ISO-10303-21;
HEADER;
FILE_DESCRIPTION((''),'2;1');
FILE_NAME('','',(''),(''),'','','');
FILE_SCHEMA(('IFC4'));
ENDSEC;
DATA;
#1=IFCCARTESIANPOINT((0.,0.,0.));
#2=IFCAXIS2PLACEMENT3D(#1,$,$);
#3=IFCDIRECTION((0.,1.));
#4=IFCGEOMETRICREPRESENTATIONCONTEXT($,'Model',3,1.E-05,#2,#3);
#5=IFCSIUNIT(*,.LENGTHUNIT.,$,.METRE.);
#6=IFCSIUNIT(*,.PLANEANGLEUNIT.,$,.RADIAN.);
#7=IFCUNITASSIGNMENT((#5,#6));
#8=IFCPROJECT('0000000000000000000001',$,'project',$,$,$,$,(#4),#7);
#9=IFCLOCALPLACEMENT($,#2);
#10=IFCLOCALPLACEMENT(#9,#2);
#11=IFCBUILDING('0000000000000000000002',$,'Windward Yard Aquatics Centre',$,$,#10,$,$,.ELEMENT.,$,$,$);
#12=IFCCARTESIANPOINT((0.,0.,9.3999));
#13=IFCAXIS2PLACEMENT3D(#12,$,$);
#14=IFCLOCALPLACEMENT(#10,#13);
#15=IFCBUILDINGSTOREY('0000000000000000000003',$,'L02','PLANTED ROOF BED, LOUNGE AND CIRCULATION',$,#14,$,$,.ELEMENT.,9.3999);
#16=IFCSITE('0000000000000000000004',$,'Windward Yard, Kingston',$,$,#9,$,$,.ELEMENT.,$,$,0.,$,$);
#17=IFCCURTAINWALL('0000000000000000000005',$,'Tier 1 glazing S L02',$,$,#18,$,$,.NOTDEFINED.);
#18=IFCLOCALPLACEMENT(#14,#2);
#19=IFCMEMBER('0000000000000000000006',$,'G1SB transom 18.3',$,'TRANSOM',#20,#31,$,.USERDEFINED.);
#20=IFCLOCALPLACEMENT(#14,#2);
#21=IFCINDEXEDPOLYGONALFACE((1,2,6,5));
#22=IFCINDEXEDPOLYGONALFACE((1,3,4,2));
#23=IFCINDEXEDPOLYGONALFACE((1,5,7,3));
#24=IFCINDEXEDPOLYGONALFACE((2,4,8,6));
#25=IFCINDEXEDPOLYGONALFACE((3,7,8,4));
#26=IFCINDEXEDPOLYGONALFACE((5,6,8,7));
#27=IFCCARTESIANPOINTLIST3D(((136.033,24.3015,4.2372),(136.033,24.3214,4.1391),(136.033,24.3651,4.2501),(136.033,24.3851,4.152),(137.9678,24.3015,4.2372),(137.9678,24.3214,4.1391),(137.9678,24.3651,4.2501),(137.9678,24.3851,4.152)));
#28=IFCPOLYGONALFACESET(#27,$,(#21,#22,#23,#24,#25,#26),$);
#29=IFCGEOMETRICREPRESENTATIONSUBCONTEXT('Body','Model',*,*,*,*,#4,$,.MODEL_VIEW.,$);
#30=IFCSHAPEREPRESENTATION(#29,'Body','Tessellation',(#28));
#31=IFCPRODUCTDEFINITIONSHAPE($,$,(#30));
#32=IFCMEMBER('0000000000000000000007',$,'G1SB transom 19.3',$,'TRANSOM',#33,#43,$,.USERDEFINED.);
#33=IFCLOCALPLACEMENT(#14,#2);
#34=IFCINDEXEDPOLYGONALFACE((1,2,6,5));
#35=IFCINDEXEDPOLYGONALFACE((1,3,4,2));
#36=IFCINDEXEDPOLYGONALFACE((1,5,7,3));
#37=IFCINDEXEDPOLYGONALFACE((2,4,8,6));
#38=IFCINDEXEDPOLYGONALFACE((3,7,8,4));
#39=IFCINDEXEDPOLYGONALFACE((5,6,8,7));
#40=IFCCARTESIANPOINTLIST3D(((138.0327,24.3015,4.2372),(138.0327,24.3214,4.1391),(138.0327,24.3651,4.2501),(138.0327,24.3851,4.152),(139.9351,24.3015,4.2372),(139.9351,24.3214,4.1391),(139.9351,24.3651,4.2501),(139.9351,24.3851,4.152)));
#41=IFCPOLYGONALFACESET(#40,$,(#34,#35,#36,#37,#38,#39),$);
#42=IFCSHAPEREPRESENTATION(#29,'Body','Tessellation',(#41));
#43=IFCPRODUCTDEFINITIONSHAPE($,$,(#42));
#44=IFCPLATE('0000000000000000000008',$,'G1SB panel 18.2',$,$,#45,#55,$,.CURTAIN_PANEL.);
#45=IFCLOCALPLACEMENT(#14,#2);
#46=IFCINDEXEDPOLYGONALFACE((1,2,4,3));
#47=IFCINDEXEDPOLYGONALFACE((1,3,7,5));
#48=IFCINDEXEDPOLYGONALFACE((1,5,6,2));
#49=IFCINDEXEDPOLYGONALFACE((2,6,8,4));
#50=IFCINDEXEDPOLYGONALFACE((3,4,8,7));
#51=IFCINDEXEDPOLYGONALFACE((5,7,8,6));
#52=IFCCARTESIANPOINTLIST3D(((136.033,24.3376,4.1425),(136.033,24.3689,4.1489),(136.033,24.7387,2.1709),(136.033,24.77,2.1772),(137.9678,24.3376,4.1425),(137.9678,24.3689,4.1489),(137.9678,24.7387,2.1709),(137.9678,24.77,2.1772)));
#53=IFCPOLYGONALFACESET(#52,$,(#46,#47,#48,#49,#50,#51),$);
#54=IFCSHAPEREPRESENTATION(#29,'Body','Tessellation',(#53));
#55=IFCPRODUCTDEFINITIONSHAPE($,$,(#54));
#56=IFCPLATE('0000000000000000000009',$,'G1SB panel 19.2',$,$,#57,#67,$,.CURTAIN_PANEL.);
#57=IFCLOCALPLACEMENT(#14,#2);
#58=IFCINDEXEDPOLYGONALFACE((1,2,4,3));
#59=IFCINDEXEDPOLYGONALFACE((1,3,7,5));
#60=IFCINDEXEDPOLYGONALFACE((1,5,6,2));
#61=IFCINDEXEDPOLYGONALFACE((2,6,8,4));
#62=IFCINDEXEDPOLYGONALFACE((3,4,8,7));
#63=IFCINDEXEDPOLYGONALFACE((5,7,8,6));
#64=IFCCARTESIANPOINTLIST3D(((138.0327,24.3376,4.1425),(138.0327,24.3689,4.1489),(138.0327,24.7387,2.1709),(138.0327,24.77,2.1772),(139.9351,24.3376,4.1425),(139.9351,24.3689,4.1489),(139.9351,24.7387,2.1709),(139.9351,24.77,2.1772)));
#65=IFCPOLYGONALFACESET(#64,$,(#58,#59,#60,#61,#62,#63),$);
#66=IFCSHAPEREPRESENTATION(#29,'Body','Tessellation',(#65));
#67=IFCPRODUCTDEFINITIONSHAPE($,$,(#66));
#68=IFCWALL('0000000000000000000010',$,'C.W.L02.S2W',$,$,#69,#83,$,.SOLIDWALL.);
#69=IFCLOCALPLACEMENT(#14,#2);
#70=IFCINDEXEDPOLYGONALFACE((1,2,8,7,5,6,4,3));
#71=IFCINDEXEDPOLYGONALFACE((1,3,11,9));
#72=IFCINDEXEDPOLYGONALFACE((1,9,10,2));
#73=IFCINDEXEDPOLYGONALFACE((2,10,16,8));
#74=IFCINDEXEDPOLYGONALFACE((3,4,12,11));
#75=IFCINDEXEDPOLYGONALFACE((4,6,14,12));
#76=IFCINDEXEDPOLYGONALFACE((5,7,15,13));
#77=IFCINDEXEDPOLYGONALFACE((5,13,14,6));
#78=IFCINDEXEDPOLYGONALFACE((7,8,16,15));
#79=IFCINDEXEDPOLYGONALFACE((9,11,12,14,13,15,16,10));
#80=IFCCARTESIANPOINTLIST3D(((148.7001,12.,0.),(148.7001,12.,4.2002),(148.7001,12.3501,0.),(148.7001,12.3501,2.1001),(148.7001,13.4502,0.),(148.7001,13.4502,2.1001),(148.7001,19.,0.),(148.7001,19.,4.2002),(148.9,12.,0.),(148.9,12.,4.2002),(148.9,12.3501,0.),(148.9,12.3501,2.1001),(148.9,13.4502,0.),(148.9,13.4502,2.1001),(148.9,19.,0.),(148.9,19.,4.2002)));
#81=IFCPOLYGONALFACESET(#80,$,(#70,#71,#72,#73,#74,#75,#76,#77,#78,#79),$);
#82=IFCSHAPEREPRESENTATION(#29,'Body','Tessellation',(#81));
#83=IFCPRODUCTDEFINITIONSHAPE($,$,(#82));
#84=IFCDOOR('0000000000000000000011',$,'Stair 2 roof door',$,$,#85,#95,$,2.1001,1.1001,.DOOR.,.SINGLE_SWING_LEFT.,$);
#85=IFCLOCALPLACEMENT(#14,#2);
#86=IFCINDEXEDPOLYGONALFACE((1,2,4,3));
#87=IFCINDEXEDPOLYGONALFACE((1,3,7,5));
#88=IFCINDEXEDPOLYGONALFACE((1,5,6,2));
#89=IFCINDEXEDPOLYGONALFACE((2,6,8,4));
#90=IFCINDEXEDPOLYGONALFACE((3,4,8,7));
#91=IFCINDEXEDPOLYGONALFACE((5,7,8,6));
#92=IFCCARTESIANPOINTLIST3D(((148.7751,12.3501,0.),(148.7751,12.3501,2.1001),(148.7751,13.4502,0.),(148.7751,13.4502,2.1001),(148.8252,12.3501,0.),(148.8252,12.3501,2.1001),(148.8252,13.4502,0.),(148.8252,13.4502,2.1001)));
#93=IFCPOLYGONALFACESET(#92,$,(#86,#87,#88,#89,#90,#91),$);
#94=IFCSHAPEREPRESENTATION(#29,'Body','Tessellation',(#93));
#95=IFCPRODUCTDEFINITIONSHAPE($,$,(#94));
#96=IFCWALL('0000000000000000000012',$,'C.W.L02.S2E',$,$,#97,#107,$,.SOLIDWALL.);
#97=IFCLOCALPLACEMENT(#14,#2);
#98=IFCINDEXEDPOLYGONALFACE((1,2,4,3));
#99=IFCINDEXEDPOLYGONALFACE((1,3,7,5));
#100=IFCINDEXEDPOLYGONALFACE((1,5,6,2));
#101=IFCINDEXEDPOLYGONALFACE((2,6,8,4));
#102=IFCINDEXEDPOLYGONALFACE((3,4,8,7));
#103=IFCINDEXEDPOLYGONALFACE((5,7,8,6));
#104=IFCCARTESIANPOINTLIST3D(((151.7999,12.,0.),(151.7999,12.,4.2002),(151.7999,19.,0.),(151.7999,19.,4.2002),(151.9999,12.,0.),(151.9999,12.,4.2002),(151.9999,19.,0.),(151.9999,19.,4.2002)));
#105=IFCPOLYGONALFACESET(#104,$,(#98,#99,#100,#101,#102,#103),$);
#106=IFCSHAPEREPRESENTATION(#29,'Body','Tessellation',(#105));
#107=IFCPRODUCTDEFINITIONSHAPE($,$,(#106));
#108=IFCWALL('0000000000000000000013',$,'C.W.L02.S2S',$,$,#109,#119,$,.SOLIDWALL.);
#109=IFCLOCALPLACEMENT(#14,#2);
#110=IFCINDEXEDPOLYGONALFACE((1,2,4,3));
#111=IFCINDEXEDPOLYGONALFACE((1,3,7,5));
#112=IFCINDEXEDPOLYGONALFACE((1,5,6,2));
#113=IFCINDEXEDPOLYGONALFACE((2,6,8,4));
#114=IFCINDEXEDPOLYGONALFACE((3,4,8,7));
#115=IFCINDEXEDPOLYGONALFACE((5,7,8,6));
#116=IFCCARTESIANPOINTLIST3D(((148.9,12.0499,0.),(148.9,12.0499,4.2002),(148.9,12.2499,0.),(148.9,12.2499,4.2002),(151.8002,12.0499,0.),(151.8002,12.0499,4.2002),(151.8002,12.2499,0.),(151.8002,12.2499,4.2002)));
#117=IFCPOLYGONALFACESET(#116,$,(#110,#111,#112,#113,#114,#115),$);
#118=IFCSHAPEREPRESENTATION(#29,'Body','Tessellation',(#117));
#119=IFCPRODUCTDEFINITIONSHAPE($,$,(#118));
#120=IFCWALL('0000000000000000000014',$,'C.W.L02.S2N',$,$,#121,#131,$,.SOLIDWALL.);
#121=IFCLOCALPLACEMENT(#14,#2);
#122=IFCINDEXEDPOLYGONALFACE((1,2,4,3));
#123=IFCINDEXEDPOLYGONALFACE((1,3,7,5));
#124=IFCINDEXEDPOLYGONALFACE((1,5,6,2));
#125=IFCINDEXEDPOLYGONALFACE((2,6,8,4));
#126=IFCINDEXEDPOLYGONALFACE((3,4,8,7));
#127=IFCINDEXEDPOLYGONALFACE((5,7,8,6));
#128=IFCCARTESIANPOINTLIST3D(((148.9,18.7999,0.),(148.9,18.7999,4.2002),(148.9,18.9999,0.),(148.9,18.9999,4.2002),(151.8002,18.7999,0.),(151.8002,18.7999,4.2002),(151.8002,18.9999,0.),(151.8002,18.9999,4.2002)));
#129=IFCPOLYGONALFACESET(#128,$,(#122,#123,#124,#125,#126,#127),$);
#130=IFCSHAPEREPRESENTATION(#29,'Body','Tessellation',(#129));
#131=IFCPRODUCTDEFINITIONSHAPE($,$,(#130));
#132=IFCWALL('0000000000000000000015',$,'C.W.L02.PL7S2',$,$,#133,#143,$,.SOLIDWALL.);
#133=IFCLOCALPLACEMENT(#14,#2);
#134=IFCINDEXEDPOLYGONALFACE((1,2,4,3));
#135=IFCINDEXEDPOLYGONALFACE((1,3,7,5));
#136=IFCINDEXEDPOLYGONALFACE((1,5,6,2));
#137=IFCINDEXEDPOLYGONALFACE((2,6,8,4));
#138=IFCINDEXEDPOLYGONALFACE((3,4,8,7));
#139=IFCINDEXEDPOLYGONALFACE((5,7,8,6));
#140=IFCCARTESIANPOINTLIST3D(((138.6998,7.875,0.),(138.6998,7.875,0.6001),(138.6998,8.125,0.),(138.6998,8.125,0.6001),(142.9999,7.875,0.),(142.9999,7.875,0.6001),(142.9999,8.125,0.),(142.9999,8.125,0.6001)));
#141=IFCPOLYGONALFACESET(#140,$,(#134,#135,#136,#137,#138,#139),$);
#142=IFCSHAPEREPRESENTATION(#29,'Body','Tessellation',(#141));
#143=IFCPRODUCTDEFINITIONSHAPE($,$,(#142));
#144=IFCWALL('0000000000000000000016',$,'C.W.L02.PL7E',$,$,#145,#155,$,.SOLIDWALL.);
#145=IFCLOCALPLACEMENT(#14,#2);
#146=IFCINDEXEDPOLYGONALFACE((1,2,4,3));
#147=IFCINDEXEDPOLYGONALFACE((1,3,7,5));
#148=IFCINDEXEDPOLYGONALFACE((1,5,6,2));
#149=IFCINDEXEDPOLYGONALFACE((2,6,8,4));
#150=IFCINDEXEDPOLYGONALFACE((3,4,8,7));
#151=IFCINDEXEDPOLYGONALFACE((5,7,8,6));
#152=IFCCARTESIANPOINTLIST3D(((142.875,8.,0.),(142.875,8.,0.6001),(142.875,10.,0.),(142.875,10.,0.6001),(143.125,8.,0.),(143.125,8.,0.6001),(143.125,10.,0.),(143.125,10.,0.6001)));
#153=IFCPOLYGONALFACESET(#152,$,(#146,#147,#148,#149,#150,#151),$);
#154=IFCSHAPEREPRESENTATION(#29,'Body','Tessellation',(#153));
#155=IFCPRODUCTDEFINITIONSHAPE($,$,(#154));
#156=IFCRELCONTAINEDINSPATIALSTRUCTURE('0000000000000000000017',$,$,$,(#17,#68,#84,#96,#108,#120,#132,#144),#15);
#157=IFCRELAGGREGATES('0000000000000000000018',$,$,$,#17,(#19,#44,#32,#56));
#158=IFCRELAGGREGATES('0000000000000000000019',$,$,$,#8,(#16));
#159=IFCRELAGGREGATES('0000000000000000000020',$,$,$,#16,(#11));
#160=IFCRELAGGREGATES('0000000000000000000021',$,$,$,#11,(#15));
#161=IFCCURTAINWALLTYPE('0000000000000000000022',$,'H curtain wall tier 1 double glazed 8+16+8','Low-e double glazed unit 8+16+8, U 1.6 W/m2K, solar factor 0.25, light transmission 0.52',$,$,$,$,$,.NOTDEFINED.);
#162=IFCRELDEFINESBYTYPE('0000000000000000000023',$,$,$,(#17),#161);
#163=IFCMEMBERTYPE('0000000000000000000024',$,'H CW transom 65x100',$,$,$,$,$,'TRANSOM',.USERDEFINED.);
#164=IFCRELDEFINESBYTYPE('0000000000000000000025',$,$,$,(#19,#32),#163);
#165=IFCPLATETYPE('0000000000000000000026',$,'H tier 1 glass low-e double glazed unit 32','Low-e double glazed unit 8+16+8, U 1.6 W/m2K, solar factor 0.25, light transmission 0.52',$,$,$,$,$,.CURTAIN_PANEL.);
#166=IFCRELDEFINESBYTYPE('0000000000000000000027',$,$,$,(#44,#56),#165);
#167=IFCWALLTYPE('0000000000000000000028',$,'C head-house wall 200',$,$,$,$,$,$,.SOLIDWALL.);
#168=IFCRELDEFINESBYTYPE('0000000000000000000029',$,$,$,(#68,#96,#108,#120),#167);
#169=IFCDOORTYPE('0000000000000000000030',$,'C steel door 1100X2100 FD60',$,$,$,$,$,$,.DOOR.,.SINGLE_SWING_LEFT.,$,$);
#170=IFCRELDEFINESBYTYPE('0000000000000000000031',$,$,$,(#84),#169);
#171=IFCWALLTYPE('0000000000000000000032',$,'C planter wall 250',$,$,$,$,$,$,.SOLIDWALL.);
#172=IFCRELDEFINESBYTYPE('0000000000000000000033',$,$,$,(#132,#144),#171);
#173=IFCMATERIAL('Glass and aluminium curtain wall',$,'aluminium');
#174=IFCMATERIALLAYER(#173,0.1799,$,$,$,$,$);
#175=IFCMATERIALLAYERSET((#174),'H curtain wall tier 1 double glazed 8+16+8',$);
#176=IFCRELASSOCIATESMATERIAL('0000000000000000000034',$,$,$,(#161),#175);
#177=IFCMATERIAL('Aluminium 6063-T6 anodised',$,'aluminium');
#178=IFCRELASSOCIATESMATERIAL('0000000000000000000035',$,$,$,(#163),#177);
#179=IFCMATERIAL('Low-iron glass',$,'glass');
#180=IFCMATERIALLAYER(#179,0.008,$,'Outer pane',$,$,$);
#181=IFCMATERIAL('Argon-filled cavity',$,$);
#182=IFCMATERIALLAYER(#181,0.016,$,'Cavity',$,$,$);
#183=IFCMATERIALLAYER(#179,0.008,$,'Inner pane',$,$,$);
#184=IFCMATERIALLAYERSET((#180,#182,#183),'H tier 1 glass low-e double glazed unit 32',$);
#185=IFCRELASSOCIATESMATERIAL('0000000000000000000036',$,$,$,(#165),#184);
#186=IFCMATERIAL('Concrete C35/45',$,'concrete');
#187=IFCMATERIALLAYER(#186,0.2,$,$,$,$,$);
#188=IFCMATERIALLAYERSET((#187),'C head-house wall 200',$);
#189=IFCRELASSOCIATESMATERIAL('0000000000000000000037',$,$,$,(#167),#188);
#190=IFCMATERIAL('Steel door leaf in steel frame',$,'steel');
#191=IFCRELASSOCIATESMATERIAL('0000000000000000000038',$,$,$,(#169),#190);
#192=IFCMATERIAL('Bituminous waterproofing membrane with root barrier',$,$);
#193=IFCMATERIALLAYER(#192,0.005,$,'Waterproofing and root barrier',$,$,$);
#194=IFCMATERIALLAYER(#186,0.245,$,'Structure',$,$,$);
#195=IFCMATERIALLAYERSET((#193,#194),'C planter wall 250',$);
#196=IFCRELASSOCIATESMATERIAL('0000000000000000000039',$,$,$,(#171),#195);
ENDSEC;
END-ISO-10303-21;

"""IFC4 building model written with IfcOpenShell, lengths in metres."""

from ifc_helpers import new_model, si_unit, direction, frame, frame_2d, origin, origin_2d, place, context, subcontext, project, spatial, polyline, rectangle, outline, extrude, material, layer, layer_set, material_profile, profile_set, type_object, element, fill, aggregate, save


model = new_model("IFC4")

# Units and contexts
model_context = context("Model", 3, precision=1e-05, world=origin(), true_north=direction((0.0, 1.0)))
body_context = subcontext(model_context, "Body", "Model", "MODEL_VIEW")
ifc_project = project(units=[si_unit("LENGTHUNIT", "METRE"), si_unit("PLANEANGLEUNIT", "RADIAN")], contexts=[model_context])

# Site, building, storey
site_placement = place(None, origin())
site = spatial("IfcSite", under=ifc_project, at=site_placement, Name="Windward Yard, Kingston", CompositionType="ELEMENT", RefElevation=0.0)
building_placement = place(site_placement, origin())
building = spatial("IfcBuilding", under=site, at=building_placement, Name="Windward Yard Aquatics Centre", CompositionType="ELEMENT")
storey_placement = place(building_placement, frame((0.0, 0.0, 9.3999)))
storey = spatial("IfcBuildingStorey", under=building, at=storey_placement, Name="L02", Description="PLANTED ROOF BED, LOUNGE AND CIRCULATION", CompositionType="ELEMENT", Elevation=9.3999)

# Curtain wall, members, plates
ifc_material_1 = material(Name="Glass and aluminium curtain wall", Category="aluminium")
ifc_layer_1 = layer(ifc_material_1, 0.1799)
ifc_layer_set_1 = layer_set([ifc_layer_1], Name="H curtain wall tier 1 double glazed 8+16+8")
curtain_wall_type = type_object("IfcCurtainWallType", Name="H curtain wall tier 1 double glazed 8+16+8", Description="Low-e double glazed unit 8+16+8, U 1.6 W/m2K, solar factor 0.25, light transmission 0.52", PredefinedType="NOTDEFINED", material=ifc_layer_set_1)
curtain_wall_placement = place(storey_placement, origin())
curtain_wall = element("IfcCurtainWall", 1, at=curtain_wall_placement, inside=storey, type_object=curtain_wall_type, Name="Tier 1 glazing S L02", PredefinedType="NOTDEFINED")
ifc_material_2 = material(Name="Aluminium 6063-T6 anodised", Category="aluminium")
ifc_material_profile = material_profile(ifc_material_2, rectangle(XDim=0.0649, YDim=0.1001, at=origin_2d()), Name="H CW transom 65x100")
ifc_profile_set = profile_set([ifc_material_profile], Name="Aluminium 6063-T6 anodised")
member_type = type_object("IfcMemberType", Name="H CW transom 65x100", ElementType="TRANSOM", PredefinedType="USERDEFINED", material=ifc_profile_set)
member_1_placement = place(storey_placement, frame((136.033, 24.3433, 4.1946), z_axis=(1.0, 0.0, 0.0), x_axis=(0.0, 0.979925, 0.199368)))
member_1 = element("IfcMember", 2, at=member_1_placement, type_object=member_type, Name="G1SB transom 18.3", ObjectType="TRANSOM", PredefinedType="USERDEFINED", context=body_context, shape_type="SweptSolid", body=[
    extrude(rectangle(XDim=0.0649, YDim=0.1001, at=origin_2d()), origin(), (0.0, 0.0, 1.0), 1.9348),
])
member_2_placement = place(storey_placement, frame((138.0327, 24.3433, 4.1946), z_axis=(1.0, 0.0, 0.0), x_axis=(0.0, 0.979925, 0.199368)))
member_2 = element("IfcMember", 3, at=member_2_placement, type_object=member_type, Name="G1SB transom 19.3", ObjectType="TRANSOM", PredefinedType="USERDEFINED", context=body_context, shape_type="SweptSolid", body=[
    extrude(rectangle(XDim=0.0649, YDim=0.1001, at=origin_2d()), origin(), (0.0, 0.0, 1.0), 1.9023),
])
ifc_material_3 = material(Name="Low-iron glass", Category="glass")
ifc_layer_2 = layer(ifc_material_3, 0.008, Name="Outer pane")
ifc_material_4 = material(Name="Argon-filled cavity")
ifc_layer_3 = layer(ifc_material_4, 0.016, Name="Cavity")
ifc_layer_4 = layer(ifc_material_3, 0.008, Name="Inner pane")
ifc_layer_set_2 = layer_set([ifc_layer_2, ifc_layer_3, ifc_layer_4], Name="H tier 1 glass low-e double glazed unit 32")
plate_type = type_object("IfcPlateType", Name="H tier 1 glass low-e double glazed unit 32", Description="Low-e double glazed unit 8+16+8, U 1.6 W/m2K, solar factor 0.25, light transmission 0.52", PredefinedType="CURTAIN_PANEL", material=ifc_layer_set_2)
plate_1_placement = place(storey_placement, frame((136.033, 24.3689, 4.1489), z_axis=(0.0, 0.979927, 0.199359), x_axis=(0.0, 0.199359, -0.979927)))
plate_1 = element("IfcPlate", 4, at=plate_1_placement, type_object=plate_type, Name="G1SB panel 18.2", PredefinedType="CURTAIN_PANEL", context=body_context, shape_type="SweptSolid", body=[
    extrude(outline(polyline([(0.0, 0.0), (2.0121, 0.0), (2.0121, -1.9348), (0.0, -1.9348), (0.0, 0.0)])), origin(), (0.0, 0.0, -1.0), 0.032),
])
plate_2_placement = place(storey_placement, frame((138.0327, 24.3689, 4.1489), z_axis=(0.0, 0.979927, 0.199359), x_axis=(0.0, 0.199359, -0.979927)))
plate_2 = element("IfcPlate", 5, at=plate_2_placement, type_object=plate_type, Name="G1SB panel 19.2", PredefinedType="CURTAIN_PANEL", context=body_context, shape_type="SweptSolid", body=[
    extrude(outline(polyline([(0.0, 0.0), (2.0121, 0.0), (2.0121, -1.9023), (0.0, -1.9023), (0.0, 0.0)])), origin(), (0.0, 0.0, -1.0), 0.032),
])
aggregate(curtain_wall, [member_1, plate_1, member_2, plate_2])

# Wall, opening, door
ifc_material_5 = material(Name="Concrete C35/45", Category="concrete")
ifc_layer_5 = layer(ifc_material_5, 0.2)
ifc_layer_set_3 = layer_set([ifc_layer_5], Name="C head-house wall 200")
wall_type_1 = type_object("IfcWallType", Name="C head-house wall 200", PredefinedType="SOLIDWALL", material=ifc_layer_set_3)
wall_1_placement = place(storey_placement, frame((148.8, 12.0, 0.0), z_axis=(0.0, 0.0, 1.0), x_axis=(0.0, 1.0, 0.0)))
wall_1 = element("IfcWall", 6, at=wall_1_placement, inside=storey, type_object=wall_type_1, Name="C.W.L02.S2W", PredefinedType="SOLIDWALL", context=body_context, shape_type="SweptSolid", body=[
    extrude(rectangle(XDim=7.0, YDim=0.2, at=frame_2d((3.5, 0.0))), origin(), (0.0, 0.0, 1.0), 4.2002),
])
opening_placement = place(wall_1_placement, frame((0.3501, 0.0, 0.0)))
opening = element("IfcOpeningElement", 7, at=opening_placement, cuts=wall_1, PredefinedType="OPENING", context=body_context, shape_type="SweptSolid", body=[
    extrude(rectangle(XDim=1.1001, YDim=2.1001, at=frame_2d((0.55, 1.05))), frame((0.0, 0.1099, 0.0), z_axis=(0.0, -1.0, 0.0), x_axis=(1.0, 0.0, 0.0)), (0.0, 0.0, 1.0), 0.22),
])
ifc_material_6 = material(Name="Steel door leaf in steel frame", Category="steel")
door_type = type_object("IfcDoorType", Name="C steel door 1100X2100 FD60", OperationType="SINGLE_SWING_LEFT", PredefinedType="DOOR", material=ifc_material_6)
door_placement = place(opening_placement, origin())
door = element("IfcDoor", 8, at=door_placement, inside=storey, type_object=door_type, Name="Stair 2 roof door", OperationType="SINGLE_SWING_LEFT", OverallHeight=2.1001, OverallWidth=1.1001, PredefinedType="DOOR", context=body_context, shape_type="SweptSolid", body=[
    extrude(rectangle(XDim=1.1001, YDim=2.1001, at=frame_2d((0.55, 1.05))), frame((0.0, 0.0249, 0.0), z_axis=(0.0, -1.0, 0.0), x_axis=(1.0, 0.0, 0.0)), (0.0, 0.0, 1.0), 0.05),
])
fill(opening, door)

# Walls
wall_2_placement = place(storey_placement, frame((151.8999, 12.0, 0.0), z_axis=(0.0, 0.0, 1.0), x_axis=(0.0, 1.0, 0.0)))
element("IfcWall", 9, at=wall_2_placement, inside=storey, type_object=wall_type_1, Name="C.W.L02.S2E", PredefinedType="SOLIDWALL", context=body_context, shape_type="SweptSolid", body=[
    extrude(rectangle(XDim=7.0, YDim=0.2, at=frame_2d((3.5, 0.0))), origin(), (0.0, 0.0, 1.0), 4.2002),
])
for number, where, z_axis, x_axis, name in (
    (10, (148.8999, 12.1499, 0.0), (0.0, 0.0, 1.0), (1.0, 0.0, 0.0), "C.W.L02.S2S"),
    (11, (148.8999, 18.8999, 0.0), (0.0, 0.0, 1.0), (1.0, 0.0, 0.0), "C.W.L02.S2N"),
):
    element("IfcWall", number, at=place(storey_placement, frame(where, z_axis=z_axis, x_axis=x_axis)), inside=storey, type_object=wall_type_1, Name=name, PredefinedType="SOLIDWALL", context=body_context, shape_type="SweptSolid", body=[
        extrude(rectangle(XDim=2.9001, YDim=0.2, at=frame_2d((1.4502, 0.0))), origin(), (0.0, 0.0, 1.0), 4.2002),
    ])
ifc_material_7 = material(Name="Bituminous waterproofing membrane with root barrier")
ifc_layer_6 = layer(ifc_material_7, 0.005, Name="Waterproofing and root barrier")
ifc_layer_7 = layer(ifc_material_5, 0.245, Name="Structure")
ifc_layer_set_4 = layer_set([ifc_layer_6, ifc_layer_7], Name="C planter wall 250")
wall_type_2 = type_object("IfcWallType", Name="C planter wall 250", PredefinedType="SOLIDWALL", material=ifc_layer_set_4)
wall_3_placement = place(storey_placement, frame((138.7, 8.0, 0.0), z_axis=(0.0, 0.0, 1.0), x_axis=(1.0, 0.0, 0.0)))
element("IfcWall", 12, at=wall_3_placement, inside=storey, type_object=wall_type_2, Name="C.W.L02.PL7S2", PredefinedType="SOLIDWALL", context=body_context, shape_type="SweptSolid", body=[
    extrude(rectangle(XDim=4.3, YDim=0.25, at=frame_2d((2.1499, 0.0))), origin(), (0.0, 0.0, 1.0), 0.6001),
])
wall_4_placement = place(storey_placement, frame((143.0, 8.0, 0.0), z_axis=(0.0, 0.0, 1.0), x_axis=(0.0, 1.0, 0.0)))
element("IfcWall", 13, at=wall_4_placement, inside=storey, type_object=wall_type_2, Name="C.W.L02.PL7E", PredefinedType="SOLIDWALL", context=body_context, shape_type="SweptSolid", body=[
    extrude(rectangle(XDim=2.0, YDim=0.25, at=frame_2d((1.0, 0.0))), origin(), (0.0, 0.0, 1.0), 0.6001),
])

save(model, "model.ifc")
